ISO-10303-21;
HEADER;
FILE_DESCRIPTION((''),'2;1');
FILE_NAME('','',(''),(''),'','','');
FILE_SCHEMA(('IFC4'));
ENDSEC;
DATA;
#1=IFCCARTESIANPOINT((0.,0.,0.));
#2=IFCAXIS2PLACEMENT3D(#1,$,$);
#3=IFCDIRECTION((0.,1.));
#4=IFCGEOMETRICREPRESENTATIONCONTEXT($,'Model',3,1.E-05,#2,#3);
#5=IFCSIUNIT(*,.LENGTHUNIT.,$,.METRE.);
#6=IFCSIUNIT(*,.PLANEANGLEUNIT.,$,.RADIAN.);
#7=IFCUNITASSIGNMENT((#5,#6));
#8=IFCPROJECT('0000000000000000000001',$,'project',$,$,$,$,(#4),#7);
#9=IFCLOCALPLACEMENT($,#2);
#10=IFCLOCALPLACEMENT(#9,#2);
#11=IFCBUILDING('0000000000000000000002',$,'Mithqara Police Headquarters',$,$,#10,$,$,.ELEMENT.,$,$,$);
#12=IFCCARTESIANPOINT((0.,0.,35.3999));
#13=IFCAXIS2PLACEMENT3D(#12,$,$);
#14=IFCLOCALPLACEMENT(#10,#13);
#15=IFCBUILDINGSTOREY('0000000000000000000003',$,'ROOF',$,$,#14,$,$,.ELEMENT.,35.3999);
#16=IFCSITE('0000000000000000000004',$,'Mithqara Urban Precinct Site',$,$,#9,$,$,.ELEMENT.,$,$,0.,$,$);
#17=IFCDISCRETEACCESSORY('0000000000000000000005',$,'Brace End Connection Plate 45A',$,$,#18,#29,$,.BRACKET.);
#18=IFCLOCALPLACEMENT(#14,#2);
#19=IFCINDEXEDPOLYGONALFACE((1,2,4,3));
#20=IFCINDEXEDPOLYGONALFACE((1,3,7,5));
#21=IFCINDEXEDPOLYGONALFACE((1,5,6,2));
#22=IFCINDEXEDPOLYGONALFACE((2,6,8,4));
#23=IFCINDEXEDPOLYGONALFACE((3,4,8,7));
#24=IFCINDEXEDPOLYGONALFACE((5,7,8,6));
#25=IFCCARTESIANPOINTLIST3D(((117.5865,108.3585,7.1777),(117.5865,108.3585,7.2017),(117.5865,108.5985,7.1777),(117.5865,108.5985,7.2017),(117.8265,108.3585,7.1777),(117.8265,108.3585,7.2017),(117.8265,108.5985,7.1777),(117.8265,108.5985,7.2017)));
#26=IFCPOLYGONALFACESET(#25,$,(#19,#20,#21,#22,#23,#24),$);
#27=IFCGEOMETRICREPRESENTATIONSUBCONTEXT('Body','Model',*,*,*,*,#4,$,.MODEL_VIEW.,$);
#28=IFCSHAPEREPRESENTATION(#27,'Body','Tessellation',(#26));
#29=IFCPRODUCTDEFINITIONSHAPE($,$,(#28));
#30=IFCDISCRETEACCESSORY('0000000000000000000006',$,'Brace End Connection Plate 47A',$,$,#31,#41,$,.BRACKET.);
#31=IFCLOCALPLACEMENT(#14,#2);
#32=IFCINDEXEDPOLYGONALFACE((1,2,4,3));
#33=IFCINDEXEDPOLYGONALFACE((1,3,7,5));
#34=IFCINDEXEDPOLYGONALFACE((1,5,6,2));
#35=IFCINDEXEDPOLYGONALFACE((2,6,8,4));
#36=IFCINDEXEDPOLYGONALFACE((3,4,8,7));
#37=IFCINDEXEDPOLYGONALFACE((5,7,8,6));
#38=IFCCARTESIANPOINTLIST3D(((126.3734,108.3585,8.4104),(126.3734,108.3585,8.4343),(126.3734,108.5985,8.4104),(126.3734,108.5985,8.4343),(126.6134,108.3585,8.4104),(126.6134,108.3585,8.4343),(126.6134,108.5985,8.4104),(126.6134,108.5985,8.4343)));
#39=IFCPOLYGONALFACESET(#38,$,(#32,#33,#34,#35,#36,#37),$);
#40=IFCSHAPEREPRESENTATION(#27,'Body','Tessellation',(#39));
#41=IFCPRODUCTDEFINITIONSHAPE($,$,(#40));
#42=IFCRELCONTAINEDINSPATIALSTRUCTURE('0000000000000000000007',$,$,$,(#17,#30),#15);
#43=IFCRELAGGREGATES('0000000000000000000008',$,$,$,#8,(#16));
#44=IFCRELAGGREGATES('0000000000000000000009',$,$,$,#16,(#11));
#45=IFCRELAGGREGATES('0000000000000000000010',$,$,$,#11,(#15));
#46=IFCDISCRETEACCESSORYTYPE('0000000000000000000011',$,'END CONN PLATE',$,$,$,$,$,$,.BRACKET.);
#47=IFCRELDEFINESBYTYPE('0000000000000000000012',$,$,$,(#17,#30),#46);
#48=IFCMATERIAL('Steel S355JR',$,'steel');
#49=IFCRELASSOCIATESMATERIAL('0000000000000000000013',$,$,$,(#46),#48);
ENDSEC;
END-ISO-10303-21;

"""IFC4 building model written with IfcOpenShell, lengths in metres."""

from ifc_helpers import new_model, si_unit, direction, frame, origin, origin_2d, place, context, subcontext, project, spatial, rectangle, extrude, material, type_object, element, save


model = new_model("IFC4")

# Units and contexts
model_context = context("Model", 3, precision=1e-05, world=origin(), true_north=direction((0.0, 1.0)))
body_context = subcontext(model_context, "Body", "Model", "MODEL_VIEW")
ifc_project = project(units=[si_unit("LENGTHUNIT", "METRE"), si_unit("PLANEANGLEUNIT", "RADIAN")], contexts=[model_context])

# Site, building, storey
site_placement = place(None, origin())
site = spatial("IfcSite", under=ifc_project, at=site_placement, Name="Mithqara Urban Precinct Site", CompositionType="ELEMENT", RefElevation=0.0)
building_placement = place(site_placement, origin())
building = spatial("IfcBuilding", under=site, at=building_placement, Name="Mithqara Police Headquarters", CompositionType="ELEMENT")
storey_placement = place(building_placement, frame((0.0, 0.0, 35.3999)))
storey = spatial("IfcBuildingStorey", under=building, at=storey_placement, Name="ROOF", CompositionType="ELEMENT", Elevation=35.3999)

# Shared definitions
ifc_material_1 = material(Name="Steel S355JR", Category="steel")

# Discrete accessories
discrete_accessory_type = type_object("IfcDiscreteAccessoryType", Name="END CONN PLATE", PredefinedType="BRACKET", material=ifc_material_1)
for number, where, z_axis, x_axis, name in (
    (1, (117.7065, 108.4785, 7.1777), (0.0, 0.0, 1.0), (1.0, 0.0, 0.0), "Brace End Connection Plate 45A"),
    (2, (126.4934, 108.4785, 8.4104), (0.0, 0.0, 1.0), (1.0, 0.0, 0.0), "Brace End Connection Plate 47A"),
):
    element("IfcDiscreteAccessory", number, at=place(storey_placement, frame(where, z_axis=z_axis, x_axis=x_axis)), inside=storey, type_object=discrete_accessory_type, Name=name, PredefinedType="BRACKET", context=body_context, shape_type="SweptSolid", body=[
        extrude(rectangle(XDim=0.24, YDim=0.24, at=origin_2d()), origin(), (0.0, 0.0, 1.0), 0.0239),
    ])

save(model, "model.ifc")
